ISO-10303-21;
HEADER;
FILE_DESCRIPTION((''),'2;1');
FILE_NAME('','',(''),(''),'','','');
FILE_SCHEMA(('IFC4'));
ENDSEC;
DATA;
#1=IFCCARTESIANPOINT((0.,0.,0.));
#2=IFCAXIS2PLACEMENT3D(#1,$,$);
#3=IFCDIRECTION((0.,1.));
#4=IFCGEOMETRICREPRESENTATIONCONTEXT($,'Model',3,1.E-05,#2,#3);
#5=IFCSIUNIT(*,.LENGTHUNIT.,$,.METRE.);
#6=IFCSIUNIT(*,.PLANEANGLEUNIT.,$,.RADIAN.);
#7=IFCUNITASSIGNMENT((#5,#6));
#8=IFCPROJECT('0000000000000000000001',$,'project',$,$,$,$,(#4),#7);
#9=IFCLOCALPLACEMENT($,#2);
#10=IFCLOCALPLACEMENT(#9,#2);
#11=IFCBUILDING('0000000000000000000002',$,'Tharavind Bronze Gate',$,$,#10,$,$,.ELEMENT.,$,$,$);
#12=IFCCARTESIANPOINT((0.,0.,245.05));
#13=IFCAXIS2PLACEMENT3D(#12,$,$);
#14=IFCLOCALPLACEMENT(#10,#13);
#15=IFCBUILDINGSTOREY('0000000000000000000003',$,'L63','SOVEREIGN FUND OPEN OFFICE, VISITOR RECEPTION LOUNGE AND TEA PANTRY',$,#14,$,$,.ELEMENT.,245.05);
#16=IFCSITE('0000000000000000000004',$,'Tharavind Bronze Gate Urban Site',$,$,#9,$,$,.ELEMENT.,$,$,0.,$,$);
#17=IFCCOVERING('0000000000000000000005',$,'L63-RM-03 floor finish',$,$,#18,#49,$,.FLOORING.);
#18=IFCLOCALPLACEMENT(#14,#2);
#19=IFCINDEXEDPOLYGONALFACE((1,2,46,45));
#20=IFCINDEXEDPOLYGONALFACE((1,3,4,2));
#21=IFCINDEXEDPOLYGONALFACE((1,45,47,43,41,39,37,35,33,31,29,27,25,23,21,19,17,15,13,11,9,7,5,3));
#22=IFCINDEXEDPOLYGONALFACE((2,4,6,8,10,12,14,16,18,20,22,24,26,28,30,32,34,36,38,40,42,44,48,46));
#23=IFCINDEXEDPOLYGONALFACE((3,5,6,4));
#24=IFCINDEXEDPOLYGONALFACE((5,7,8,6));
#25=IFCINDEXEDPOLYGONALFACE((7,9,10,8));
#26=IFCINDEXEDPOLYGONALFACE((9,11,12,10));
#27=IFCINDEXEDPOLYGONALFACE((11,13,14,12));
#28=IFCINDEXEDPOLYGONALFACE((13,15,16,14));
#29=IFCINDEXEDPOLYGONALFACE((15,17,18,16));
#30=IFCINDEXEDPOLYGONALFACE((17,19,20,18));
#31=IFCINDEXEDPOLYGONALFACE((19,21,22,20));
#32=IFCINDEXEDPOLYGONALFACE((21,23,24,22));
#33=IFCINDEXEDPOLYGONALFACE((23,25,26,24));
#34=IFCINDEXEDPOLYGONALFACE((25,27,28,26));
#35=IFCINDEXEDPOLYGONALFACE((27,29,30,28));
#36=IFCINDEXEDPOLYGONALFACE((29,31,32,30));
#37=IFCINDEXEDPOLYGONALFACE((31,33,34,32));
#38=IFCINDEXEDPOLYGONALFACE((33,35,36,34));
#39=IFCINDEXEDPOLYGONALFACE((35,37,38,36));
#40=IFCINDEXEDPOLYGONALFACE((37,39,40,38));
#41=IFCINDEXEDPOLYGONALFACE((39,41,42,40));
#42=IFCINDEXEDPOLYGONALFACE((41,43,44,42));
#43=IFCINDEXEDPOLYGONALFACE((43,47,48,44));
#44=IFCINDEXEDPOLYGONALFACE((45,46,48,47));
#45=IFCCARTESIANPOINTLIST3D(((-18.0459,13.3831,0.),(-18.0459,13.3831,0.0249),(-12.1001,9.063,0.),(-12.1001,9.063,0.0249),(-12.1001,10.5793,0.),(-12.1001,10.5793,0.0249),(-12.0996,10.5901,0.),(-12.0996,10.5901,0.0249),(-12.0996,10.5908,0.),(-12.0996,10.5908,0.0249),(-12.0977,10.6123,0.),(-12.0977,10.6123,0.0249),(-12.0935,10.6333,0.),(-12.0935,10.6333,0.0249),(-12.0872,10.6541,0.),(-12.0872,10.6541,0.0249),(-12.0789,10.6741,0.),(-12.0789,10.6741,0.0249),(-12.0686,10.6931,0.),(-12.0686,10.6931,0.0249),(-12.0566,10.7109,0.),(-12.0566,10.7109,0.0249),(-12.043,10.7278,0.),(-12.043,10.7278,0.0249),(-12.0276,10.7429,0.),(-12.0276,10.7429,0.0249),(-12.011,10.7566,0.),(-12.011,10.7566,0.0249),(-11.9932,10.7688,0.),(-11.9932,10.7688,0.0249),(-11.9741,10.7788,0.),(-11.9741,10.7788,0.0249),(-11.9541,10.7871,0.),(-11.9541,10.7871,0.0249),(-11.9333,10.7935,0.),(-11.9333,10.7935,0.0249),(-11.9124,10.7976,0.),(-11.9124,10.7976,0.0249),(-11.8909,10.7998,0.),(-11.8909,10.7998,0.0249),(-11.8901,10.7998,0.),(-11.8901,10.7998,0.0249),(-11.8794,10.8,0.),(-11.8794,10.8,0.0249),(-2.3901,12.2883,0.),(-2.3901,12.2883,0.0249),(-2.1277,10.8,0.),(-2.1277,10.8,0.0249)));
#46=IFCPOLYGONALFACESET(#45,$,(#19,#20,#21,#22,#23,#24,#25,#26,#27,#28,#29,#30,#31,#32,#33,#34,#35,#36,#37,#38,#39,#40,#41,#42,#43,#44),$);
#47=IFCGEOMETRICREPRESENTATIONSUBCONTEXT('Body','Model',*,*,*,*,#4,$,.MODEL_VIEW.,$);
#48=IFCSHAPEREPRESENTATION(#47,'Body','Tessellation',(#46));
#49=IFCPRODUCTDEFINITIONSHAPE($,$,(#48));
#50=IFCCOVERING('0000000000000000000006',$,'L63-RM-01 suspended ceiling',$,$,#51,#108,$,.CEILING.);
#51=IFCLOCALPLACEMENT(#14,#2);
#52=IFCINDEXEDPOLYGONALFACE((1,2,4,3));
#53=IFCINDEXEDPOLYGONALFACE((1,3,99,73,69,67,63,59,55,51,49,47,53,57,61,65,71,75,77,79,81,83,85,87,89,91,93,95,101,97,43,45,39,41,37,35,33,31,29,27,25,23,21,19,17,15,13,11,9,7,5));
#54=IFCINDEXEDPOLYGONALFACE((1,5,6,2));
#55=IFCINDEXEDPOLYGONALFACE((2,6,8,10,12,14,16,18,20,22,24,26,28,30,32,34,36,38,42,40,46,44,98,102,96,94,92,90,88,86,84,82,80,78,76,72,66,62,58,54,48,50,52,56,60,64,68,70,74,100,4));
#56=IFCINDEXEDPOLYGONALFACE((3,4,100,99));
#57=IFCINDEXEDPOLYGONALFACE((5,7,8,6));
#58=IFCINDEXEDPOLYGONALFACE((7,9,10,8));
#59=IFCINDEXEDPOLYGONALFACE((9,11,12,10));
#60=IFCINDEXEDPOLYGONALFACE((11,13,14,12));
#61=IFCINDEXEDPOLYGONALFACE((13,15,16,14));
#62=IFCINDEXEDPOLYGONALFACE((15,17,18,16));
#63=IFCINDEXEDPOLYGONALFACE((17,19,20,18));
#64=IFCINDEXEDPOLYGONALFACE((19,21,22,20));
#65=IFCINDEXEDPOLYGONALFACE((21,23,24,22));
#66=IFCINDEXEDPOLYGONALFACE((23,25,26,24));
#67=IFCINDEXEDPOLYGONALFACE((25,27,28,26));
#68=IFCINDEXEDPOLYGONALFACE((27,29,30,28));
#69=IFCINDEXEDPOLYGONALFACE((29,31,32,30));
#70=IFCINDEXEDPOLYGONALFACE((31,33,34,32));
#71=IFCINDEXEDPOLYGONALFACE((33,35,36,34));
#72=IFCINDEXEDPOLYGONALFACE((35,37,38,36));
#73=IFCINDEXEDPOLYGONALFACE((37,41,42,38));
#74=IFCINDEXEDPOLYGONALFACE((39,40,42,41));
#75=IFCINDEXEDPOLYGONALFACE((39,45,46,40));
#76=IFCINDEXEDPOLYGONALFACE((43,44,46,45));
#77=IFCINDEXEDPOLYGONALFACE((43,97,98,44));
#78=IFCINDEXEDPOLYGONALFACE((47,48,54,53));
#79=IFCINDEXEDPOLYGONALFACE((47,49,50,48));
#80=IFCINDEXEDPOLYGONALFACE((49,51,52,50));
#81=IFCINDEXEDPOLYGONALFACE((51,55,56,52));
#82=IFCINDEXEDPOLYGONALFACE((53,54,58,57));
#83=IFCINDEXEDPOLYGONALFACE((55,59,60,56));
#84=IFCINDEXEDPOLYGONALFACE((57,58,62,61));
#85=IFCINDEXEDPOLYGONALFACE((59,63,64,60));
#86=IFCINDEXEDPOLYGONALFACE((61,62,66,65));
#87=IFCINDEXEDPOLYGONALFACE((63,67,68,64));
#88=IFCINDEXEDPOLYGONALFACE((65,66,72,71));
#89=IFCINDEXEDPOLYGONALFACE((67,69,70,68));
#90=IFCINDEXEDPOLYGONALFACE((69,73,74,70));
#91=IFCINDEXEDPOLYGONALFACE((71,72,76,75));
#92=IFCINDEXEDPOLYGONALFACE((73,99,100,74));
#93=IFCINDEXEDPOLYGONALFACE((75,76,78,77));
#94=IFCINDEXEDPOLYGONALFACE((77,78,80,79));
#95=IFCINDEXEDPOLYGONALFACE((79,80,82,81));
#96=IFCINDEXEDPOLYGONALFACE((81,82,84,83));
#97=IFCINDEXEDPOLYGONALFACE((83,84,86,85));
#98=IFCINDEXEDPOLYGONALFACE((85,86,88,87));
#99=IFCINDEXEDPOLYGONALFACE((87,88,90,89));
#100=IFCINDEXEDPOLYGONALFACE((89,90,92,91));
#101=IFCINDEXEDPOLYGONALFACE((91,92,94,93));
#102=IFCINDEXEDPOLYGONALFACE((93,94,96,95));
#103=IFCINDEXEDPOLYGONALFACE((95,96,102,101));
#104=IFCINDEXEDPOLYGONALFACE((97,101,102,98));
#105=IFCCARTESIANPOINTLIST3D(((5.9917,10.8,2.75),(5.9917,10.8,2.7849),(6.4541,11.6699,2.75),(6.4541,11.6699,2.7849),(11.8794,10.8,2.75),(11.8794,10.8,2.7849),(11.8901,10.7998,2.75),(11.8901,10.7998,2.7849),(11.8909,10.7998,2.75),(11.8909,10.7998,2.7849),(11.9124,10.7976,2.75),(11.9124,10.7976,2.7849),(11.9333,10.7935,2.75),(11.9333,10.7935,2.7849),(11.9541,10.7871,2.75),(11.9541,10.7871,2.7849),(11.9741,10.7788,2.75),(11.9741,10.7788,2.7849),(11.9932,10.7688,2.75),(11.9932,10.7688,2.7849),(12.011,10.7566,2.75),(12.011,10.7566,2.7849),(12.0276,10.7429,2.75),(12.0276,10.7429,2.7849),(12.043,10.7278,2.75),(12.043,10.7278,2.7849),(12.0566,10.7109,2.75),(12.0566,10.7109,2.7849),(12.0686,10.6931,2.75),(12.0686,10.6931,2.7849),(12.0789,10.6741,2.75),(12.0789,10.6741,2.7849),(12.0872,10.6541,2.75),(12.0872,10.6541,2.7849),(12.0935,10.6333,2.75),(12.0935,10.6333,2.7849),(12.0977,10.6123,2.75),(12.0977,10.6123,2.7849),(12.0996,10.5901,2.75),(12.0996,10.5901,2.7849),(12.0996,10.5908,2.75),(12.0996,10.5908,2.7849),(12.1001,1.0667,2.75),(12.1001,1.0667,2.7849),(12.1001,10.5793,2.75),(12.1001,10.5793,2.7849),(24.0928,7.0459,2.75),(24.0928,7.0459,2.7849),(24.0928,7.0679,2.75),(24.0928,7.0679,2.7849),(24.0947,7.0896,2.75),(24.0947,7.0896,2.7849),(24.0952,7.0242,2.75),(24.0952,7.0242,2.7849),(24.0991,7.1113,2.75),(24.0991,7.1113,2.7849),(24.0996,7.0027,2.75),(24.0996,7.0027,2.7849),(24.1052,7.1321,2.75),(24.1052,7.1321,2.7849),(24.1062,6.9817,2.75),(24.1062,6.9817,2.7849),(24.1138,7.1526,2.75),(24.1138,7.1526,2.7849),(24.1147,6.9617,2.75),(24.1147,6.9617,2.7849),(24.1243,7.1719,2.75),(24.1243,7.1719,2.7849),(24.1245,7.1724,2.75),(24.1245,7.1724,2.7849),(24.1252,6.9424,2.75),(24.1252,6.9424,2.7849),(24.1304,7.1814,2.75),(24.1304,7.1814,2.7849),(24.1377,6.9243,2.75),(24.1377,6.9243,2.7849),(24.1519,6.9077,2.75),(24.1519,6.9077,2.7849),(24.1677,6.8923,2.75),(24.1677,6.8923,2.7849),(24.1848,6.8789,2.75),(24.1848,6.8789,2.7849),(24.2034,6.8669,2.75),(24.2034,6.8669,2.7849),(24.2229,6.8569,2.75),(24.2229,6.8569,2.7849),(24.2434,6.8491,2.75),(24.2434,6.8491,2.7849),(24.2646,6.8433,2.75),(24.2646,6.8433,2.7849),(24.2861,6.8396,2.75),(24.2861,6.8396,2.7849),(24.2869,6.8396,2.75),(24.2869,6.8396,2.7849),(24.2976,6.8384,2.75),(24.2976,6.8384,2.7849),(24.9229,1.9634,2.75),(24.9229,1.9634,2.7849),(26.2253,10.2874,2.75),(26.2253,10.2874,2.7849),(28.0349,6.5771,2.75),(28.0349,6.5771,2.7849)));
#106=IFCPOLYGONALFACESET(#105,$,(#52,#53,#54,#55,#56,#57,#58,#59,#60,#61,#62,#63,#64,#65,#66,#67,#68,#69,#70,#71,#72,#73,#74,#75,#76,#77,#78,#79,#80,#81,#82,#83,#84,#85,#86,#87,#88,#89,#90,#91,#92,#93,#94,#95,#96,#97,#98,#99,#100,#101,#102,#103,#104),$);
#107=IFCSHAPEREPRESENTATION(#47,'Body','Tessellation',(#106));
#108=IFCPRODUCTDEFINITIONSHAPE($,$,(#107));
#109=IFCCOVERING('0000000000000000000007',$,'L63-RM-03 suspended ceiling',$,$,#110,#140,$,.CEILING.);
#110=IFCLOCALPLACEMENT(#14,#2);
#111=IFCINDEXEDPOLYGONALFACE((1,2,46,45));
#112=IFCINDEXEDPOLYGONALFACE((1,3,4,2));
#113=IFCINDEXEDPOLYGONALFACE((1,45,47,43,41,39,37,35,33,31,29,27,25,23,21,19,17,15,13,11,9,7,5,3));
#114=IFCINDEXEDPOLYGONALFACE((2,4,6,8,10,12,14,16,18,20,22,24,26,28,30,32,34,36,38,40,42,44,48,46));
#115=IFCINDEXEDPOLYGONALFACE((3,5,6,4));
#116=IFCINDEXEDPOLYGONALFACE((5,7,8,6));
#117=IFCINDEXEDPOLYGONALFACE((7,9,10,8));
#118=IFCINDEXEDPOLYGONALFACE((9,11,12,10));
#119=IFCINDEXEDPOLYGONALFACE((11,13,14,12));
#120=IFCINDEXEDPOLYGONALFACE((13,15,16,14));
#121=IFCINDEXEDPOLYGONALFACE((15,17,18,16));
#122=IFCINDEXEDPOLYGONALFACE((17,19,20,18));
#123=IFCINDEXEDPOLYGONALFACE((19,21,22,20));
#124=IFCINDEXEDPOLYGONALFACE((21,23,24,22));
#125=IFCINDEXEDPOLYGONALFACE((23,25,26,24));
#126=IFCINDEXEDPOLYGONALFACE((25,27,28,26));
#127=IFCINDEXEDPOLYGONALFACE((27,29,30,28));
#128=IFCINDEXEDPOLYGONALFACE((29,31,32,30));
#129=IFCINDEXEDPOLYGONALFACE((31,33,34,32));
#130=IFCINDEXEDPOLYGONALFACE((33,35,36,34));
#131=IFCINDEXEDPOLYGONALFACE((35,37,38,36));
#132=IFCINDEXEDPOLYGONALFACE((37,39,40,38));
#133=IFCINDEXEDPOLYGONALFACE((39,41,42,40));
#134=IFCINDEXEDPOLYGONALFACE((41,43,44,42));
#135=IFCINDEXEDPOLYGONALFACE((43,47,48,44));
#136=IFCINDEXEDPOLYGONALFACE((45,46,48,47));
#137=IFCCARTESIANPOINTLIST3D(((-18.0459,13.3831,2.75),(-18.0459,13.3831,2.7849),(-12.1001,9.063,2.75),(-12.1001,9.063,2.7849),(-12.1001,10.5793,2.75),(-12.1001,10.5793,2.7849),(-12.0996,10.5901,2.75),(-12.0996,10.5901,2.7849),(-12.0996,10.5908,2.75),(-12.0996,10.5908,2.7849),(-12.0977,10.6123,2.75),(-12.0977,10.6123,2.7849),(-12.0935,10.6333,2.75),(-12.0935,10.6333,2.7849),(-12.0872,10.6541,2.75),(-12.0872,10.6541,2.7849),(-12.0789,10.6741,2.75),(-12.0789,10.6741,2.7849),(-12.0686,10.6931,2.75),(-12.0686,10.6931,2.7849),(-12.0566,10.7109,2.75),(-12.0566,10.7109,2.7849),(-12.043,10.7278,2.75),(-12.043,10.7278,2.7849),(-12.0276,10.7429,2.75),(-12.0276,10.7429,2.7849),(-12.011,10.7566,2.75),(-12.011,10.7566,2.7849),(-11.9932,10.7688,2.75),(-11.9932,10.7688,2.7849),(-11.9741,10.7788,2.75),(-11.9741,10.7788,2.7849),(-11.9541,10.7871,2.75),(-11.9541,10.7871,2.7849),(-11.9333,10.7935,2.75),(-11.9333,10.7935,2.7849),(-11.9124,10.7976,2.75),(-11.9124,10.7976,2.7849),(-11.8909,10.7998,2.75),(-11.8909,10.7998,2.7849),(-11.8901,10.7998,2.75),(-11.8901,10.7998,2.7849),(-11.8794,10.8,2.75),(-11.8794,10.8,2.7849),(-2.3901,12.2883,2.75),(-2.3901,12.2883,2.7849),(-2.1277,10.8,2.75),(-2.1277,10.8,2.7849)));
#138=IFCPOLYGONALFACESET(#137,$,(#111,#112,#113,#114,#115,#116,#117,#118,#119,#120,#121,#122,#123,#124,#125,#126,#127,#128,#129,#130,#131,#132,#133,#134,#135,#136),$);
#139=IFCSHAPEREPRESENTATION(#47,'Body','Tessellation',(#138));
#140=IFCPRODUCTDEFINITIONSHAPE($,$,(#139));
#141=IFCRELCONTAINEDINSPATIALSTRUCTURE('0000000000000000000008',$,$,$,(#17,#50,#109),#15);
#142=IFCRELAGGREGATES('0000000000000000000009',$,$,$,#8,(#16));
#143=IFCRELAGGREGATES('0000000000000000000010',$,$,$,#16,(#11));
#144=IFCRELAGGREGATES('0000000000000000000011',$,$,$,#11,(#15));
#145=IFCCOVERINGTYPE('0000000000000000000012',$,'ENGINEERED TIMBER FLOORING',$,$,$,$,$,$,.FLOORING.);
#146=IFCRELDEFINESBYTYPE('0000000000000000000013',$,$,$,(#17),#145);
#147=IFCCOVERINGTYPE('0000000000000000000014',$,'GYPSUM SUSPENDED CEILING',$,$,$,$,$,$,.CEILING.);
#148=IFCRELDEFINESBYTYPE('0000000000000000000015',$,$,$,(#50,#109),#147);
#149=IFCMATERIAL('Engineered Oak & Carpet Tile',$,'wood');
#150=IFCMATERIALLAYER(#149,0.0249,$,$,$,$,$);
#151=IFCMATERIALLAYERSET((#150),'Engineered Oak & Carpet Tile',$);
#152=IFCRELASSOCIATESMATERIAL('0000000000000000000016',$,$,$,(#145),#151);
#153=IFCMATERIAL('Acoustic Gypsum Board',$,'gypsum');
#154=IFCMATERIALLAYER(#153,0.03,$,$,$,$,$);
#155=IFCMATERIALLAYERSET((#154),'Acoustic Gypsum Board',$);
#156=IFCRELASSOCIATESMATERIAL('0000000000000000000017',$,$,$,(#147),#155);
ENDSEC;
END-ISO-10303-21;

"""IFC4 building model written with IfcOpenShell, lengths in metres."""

from ifc_helpers import new_model, si_unit, direction, frame, origin, place, context, subcontext, project, spatial, polyline, outline, extrude, material, layer, layer_set, type_object, element, save


model = new_model("IFC4")

# Units and contexts
model_context = context("Model", 3, precision=1e-05, world=origin(), true_north=direction((0.0, 1.0)))
body_context = subcontext(model_context, "Body", "Model", "MODEL_VIEW")
ifc_project = project(units=[si_unit("LENGTHUNIT", "METRE"), si_unit("PLANEANGLEUNIT", "RADIAN")], contexts=[model_context])

# Site, building, storey
site_placement = place(None, origin())
site = spatial("IfcSite", under=ifc_project, at=site_placement, Name="Tharavind Bronze Gate Urban Site", CompositionType="ELEMENT", RefElevation=0.0)
building_placement = place(site_placement, origin())
building = spatial("IfcBuilding", under=site, at=building_placement, Name="Tharavind Bronze Gate", CompositionType="ELEMENT")
storey_placement = place(building_placement, frame((0.0, 0.0, 245.05)))
storey = spatial("IfcBuildingStorey", under=building, at=storey_placement, Name="L63", Description="SOVEREIGN FUND OPEN OFFICE, VISITOR RECEPTION LOUNGE AND TEA PANTRY", CompositionType="ELEMENT", Elevation=245.05)

# Coverings
ifc_material_1 = material(Name="Engineered Oak & Carpet Tile", Category="wood")
ifc_layer_1 = layer(ifc_material_1, 0.0249)
ifc_layer_set_1 = layer_set([ifc_layer_1], Name="Engineered Oak & Carpet Tile")
covering_type_1 = type_object("IfcCoveringType", Name="ENGINEERED TIMBER FLOORING", PredefinedType="FLOORING", material=ifc_layer_set_1)
covering_1_placement = place(storey_placement, origin())
element("IfcCovering", 1, at=covering_1_placement, inside=storey, type_object=covering_type_1, Name="L63-RM-03 floor finish", PredefinedType="FLOORING", context=body_context, shape_type="SweptSolid", body=[
    extrude(outline(polyline([(-12.1001, 9.063), (-12.1001, 10.5793), (-12.0996, 10.5901), (-12.0996, 10.5908), (-12.0977, 10.6123), (-12.0935, 10.6333), (-12.0872, 10.6541), (-12.0789, 10.6741), (-12.0686, 10.6931), (-12.0566, 10.7109), (-12.043, 10.7278), (-12.0276, 10.7429), (-12.011, 10.7566), (-11.9932, 10.7688), (-11.9741, 10.7788), (-11.9541, 10.7871), (-11.9333, 10.7935), (-11.9124, 10.7976), (-11.8909, 10.7998), (-11.8901, 10.7998), (-11.8794, 10.8), (-2.1277, 10.8), (-2.3901, 12.2883), (-18.0459, 13.3831), (-12.1001, 9.063)])), origin(), (0.0, 0.0, 1.0), 0.0249),
])
ifc_material_2 = material(Name="Acoustic Gypsum Board", Category="gypsum")
ifc_layer_2 = layer(ifc_material_2, 0.03)
ifc_layer_set_2 = layer_set([ifc_layer_2], Name="Acoustic Gypsum Board")
covering_type_2 = type_object("IfcCoveringType", Name="GYPSUM SUSPENDED CEILING", PredefinedType="CEILING", material=ifc_layer_set_2)
covering_2_placement = place(storey_placement, frame((0.0, 0.0, 2.75)))
element("IfcCovering", 2, at=covering_2_placement, inside=storey, type_object=covering_type_2, Name="L63-RM-01 suspended ceiling", PredefinedType="CEILING", context=body_context, shape_type="SweptSolid", body=[
    extrude(outline(polyline([(11.8794, 10.8), (11.8901, 10.7998), (11.8909, 10.7998), (11.9124, 10.7976), (11.9333, 10.7935), (11.9541, 10.7871), (11.9741, 10.7788), (11.9932, 10.7688), (12.011, 10.7566), (12.0276, 10.7429), (12.043, 10.7278), (12.0566, 10.7109), (12.0686, 10.6931), (12.0789, 10.6741), (12.0872, 10.6541), (12.0935, 10.6333), (12.0977, 10.6123), (12.0996, 10.5908), (12.0996, 10.5901), (12.1001, 10.5793), (12.1001, 1.0667), (24.9229, 1.9634), (28.0349, 6.5771), (24.2976, 6.8384), (24.2869, 6.8396), (24.2861, 6.8396), (24.2646, 6.8433), (24.2434, 6.8491), (24.2229, 6.8569), (24.2034, 6.8669), (24.1848, 6.8789), (24.1677, 6.8923), (24.1519, 6.9077), (24.1377, 6.9243), (24.1252, 6.9424), (24.1147, 6.9617), (24.1062, 6.9817), (24.0996, 7.0027), (24.0952, 7.0242), (24.0928, 7.0459), (24.0928, 7.0679), (24.0947, 7.0896), (24.0991, 7.1113), (24.1052, 7.1321), (24.1138, 7.1526), (24.1243, 7.1719), (24.1245, 7.1724), (24.1304, 7.1814), (26.2253, 10.2874), (6.4541, 11.6699), (5.9917, 10.8), (11.8794, 10.8)])), origin(), (0.0, 0.0, 1.0), 0.0349),
])
covering_3_placement = place(storey_placement, frame((0.0, 0.0, 2.75)))
element("IfcCovering", 3, at=covering_3_placement, inside=storey, type_object=covering_type_2, Name="L63-RM-03 suspended ceiling", PredefinedType="CEILING", context=body_context, shape_type="SweptSolid", body=[
    extrude(outline(polyline([(-12.1001, 9.063), (-12.1001, 10.5793), (-12.0996, 10.5901), (-12.0996, 10.5908), (-12.0977, 10.6123), (-12.0935, 10.6333), (-12.0872, 10.6541), (-12.0789, 10.6741), (-12.0686, 10.6931), (-12.0566, 10.7109), (-12.043, 10.7278), (-12.0276, 10.7429), (-12.011, 10.7566), (-11.9932, 10.7688), (-11.9741, 10.7788), (-11.9541, 10.7871), (-11.9333, 10.7935), (-11.9124, 10.7976), (-11.8909, 10.7998), (-11.8901, 10.7998), (-11.8794, 10.8), (-2.1277, 10.8), (-2.3901, 12.2883), (-18.0459, 13.3831), (-12.1001, 9.063)])), origin(), (0.0, 0.0, 1.0), 0.0349),
])

save(model, "model.ifc")
